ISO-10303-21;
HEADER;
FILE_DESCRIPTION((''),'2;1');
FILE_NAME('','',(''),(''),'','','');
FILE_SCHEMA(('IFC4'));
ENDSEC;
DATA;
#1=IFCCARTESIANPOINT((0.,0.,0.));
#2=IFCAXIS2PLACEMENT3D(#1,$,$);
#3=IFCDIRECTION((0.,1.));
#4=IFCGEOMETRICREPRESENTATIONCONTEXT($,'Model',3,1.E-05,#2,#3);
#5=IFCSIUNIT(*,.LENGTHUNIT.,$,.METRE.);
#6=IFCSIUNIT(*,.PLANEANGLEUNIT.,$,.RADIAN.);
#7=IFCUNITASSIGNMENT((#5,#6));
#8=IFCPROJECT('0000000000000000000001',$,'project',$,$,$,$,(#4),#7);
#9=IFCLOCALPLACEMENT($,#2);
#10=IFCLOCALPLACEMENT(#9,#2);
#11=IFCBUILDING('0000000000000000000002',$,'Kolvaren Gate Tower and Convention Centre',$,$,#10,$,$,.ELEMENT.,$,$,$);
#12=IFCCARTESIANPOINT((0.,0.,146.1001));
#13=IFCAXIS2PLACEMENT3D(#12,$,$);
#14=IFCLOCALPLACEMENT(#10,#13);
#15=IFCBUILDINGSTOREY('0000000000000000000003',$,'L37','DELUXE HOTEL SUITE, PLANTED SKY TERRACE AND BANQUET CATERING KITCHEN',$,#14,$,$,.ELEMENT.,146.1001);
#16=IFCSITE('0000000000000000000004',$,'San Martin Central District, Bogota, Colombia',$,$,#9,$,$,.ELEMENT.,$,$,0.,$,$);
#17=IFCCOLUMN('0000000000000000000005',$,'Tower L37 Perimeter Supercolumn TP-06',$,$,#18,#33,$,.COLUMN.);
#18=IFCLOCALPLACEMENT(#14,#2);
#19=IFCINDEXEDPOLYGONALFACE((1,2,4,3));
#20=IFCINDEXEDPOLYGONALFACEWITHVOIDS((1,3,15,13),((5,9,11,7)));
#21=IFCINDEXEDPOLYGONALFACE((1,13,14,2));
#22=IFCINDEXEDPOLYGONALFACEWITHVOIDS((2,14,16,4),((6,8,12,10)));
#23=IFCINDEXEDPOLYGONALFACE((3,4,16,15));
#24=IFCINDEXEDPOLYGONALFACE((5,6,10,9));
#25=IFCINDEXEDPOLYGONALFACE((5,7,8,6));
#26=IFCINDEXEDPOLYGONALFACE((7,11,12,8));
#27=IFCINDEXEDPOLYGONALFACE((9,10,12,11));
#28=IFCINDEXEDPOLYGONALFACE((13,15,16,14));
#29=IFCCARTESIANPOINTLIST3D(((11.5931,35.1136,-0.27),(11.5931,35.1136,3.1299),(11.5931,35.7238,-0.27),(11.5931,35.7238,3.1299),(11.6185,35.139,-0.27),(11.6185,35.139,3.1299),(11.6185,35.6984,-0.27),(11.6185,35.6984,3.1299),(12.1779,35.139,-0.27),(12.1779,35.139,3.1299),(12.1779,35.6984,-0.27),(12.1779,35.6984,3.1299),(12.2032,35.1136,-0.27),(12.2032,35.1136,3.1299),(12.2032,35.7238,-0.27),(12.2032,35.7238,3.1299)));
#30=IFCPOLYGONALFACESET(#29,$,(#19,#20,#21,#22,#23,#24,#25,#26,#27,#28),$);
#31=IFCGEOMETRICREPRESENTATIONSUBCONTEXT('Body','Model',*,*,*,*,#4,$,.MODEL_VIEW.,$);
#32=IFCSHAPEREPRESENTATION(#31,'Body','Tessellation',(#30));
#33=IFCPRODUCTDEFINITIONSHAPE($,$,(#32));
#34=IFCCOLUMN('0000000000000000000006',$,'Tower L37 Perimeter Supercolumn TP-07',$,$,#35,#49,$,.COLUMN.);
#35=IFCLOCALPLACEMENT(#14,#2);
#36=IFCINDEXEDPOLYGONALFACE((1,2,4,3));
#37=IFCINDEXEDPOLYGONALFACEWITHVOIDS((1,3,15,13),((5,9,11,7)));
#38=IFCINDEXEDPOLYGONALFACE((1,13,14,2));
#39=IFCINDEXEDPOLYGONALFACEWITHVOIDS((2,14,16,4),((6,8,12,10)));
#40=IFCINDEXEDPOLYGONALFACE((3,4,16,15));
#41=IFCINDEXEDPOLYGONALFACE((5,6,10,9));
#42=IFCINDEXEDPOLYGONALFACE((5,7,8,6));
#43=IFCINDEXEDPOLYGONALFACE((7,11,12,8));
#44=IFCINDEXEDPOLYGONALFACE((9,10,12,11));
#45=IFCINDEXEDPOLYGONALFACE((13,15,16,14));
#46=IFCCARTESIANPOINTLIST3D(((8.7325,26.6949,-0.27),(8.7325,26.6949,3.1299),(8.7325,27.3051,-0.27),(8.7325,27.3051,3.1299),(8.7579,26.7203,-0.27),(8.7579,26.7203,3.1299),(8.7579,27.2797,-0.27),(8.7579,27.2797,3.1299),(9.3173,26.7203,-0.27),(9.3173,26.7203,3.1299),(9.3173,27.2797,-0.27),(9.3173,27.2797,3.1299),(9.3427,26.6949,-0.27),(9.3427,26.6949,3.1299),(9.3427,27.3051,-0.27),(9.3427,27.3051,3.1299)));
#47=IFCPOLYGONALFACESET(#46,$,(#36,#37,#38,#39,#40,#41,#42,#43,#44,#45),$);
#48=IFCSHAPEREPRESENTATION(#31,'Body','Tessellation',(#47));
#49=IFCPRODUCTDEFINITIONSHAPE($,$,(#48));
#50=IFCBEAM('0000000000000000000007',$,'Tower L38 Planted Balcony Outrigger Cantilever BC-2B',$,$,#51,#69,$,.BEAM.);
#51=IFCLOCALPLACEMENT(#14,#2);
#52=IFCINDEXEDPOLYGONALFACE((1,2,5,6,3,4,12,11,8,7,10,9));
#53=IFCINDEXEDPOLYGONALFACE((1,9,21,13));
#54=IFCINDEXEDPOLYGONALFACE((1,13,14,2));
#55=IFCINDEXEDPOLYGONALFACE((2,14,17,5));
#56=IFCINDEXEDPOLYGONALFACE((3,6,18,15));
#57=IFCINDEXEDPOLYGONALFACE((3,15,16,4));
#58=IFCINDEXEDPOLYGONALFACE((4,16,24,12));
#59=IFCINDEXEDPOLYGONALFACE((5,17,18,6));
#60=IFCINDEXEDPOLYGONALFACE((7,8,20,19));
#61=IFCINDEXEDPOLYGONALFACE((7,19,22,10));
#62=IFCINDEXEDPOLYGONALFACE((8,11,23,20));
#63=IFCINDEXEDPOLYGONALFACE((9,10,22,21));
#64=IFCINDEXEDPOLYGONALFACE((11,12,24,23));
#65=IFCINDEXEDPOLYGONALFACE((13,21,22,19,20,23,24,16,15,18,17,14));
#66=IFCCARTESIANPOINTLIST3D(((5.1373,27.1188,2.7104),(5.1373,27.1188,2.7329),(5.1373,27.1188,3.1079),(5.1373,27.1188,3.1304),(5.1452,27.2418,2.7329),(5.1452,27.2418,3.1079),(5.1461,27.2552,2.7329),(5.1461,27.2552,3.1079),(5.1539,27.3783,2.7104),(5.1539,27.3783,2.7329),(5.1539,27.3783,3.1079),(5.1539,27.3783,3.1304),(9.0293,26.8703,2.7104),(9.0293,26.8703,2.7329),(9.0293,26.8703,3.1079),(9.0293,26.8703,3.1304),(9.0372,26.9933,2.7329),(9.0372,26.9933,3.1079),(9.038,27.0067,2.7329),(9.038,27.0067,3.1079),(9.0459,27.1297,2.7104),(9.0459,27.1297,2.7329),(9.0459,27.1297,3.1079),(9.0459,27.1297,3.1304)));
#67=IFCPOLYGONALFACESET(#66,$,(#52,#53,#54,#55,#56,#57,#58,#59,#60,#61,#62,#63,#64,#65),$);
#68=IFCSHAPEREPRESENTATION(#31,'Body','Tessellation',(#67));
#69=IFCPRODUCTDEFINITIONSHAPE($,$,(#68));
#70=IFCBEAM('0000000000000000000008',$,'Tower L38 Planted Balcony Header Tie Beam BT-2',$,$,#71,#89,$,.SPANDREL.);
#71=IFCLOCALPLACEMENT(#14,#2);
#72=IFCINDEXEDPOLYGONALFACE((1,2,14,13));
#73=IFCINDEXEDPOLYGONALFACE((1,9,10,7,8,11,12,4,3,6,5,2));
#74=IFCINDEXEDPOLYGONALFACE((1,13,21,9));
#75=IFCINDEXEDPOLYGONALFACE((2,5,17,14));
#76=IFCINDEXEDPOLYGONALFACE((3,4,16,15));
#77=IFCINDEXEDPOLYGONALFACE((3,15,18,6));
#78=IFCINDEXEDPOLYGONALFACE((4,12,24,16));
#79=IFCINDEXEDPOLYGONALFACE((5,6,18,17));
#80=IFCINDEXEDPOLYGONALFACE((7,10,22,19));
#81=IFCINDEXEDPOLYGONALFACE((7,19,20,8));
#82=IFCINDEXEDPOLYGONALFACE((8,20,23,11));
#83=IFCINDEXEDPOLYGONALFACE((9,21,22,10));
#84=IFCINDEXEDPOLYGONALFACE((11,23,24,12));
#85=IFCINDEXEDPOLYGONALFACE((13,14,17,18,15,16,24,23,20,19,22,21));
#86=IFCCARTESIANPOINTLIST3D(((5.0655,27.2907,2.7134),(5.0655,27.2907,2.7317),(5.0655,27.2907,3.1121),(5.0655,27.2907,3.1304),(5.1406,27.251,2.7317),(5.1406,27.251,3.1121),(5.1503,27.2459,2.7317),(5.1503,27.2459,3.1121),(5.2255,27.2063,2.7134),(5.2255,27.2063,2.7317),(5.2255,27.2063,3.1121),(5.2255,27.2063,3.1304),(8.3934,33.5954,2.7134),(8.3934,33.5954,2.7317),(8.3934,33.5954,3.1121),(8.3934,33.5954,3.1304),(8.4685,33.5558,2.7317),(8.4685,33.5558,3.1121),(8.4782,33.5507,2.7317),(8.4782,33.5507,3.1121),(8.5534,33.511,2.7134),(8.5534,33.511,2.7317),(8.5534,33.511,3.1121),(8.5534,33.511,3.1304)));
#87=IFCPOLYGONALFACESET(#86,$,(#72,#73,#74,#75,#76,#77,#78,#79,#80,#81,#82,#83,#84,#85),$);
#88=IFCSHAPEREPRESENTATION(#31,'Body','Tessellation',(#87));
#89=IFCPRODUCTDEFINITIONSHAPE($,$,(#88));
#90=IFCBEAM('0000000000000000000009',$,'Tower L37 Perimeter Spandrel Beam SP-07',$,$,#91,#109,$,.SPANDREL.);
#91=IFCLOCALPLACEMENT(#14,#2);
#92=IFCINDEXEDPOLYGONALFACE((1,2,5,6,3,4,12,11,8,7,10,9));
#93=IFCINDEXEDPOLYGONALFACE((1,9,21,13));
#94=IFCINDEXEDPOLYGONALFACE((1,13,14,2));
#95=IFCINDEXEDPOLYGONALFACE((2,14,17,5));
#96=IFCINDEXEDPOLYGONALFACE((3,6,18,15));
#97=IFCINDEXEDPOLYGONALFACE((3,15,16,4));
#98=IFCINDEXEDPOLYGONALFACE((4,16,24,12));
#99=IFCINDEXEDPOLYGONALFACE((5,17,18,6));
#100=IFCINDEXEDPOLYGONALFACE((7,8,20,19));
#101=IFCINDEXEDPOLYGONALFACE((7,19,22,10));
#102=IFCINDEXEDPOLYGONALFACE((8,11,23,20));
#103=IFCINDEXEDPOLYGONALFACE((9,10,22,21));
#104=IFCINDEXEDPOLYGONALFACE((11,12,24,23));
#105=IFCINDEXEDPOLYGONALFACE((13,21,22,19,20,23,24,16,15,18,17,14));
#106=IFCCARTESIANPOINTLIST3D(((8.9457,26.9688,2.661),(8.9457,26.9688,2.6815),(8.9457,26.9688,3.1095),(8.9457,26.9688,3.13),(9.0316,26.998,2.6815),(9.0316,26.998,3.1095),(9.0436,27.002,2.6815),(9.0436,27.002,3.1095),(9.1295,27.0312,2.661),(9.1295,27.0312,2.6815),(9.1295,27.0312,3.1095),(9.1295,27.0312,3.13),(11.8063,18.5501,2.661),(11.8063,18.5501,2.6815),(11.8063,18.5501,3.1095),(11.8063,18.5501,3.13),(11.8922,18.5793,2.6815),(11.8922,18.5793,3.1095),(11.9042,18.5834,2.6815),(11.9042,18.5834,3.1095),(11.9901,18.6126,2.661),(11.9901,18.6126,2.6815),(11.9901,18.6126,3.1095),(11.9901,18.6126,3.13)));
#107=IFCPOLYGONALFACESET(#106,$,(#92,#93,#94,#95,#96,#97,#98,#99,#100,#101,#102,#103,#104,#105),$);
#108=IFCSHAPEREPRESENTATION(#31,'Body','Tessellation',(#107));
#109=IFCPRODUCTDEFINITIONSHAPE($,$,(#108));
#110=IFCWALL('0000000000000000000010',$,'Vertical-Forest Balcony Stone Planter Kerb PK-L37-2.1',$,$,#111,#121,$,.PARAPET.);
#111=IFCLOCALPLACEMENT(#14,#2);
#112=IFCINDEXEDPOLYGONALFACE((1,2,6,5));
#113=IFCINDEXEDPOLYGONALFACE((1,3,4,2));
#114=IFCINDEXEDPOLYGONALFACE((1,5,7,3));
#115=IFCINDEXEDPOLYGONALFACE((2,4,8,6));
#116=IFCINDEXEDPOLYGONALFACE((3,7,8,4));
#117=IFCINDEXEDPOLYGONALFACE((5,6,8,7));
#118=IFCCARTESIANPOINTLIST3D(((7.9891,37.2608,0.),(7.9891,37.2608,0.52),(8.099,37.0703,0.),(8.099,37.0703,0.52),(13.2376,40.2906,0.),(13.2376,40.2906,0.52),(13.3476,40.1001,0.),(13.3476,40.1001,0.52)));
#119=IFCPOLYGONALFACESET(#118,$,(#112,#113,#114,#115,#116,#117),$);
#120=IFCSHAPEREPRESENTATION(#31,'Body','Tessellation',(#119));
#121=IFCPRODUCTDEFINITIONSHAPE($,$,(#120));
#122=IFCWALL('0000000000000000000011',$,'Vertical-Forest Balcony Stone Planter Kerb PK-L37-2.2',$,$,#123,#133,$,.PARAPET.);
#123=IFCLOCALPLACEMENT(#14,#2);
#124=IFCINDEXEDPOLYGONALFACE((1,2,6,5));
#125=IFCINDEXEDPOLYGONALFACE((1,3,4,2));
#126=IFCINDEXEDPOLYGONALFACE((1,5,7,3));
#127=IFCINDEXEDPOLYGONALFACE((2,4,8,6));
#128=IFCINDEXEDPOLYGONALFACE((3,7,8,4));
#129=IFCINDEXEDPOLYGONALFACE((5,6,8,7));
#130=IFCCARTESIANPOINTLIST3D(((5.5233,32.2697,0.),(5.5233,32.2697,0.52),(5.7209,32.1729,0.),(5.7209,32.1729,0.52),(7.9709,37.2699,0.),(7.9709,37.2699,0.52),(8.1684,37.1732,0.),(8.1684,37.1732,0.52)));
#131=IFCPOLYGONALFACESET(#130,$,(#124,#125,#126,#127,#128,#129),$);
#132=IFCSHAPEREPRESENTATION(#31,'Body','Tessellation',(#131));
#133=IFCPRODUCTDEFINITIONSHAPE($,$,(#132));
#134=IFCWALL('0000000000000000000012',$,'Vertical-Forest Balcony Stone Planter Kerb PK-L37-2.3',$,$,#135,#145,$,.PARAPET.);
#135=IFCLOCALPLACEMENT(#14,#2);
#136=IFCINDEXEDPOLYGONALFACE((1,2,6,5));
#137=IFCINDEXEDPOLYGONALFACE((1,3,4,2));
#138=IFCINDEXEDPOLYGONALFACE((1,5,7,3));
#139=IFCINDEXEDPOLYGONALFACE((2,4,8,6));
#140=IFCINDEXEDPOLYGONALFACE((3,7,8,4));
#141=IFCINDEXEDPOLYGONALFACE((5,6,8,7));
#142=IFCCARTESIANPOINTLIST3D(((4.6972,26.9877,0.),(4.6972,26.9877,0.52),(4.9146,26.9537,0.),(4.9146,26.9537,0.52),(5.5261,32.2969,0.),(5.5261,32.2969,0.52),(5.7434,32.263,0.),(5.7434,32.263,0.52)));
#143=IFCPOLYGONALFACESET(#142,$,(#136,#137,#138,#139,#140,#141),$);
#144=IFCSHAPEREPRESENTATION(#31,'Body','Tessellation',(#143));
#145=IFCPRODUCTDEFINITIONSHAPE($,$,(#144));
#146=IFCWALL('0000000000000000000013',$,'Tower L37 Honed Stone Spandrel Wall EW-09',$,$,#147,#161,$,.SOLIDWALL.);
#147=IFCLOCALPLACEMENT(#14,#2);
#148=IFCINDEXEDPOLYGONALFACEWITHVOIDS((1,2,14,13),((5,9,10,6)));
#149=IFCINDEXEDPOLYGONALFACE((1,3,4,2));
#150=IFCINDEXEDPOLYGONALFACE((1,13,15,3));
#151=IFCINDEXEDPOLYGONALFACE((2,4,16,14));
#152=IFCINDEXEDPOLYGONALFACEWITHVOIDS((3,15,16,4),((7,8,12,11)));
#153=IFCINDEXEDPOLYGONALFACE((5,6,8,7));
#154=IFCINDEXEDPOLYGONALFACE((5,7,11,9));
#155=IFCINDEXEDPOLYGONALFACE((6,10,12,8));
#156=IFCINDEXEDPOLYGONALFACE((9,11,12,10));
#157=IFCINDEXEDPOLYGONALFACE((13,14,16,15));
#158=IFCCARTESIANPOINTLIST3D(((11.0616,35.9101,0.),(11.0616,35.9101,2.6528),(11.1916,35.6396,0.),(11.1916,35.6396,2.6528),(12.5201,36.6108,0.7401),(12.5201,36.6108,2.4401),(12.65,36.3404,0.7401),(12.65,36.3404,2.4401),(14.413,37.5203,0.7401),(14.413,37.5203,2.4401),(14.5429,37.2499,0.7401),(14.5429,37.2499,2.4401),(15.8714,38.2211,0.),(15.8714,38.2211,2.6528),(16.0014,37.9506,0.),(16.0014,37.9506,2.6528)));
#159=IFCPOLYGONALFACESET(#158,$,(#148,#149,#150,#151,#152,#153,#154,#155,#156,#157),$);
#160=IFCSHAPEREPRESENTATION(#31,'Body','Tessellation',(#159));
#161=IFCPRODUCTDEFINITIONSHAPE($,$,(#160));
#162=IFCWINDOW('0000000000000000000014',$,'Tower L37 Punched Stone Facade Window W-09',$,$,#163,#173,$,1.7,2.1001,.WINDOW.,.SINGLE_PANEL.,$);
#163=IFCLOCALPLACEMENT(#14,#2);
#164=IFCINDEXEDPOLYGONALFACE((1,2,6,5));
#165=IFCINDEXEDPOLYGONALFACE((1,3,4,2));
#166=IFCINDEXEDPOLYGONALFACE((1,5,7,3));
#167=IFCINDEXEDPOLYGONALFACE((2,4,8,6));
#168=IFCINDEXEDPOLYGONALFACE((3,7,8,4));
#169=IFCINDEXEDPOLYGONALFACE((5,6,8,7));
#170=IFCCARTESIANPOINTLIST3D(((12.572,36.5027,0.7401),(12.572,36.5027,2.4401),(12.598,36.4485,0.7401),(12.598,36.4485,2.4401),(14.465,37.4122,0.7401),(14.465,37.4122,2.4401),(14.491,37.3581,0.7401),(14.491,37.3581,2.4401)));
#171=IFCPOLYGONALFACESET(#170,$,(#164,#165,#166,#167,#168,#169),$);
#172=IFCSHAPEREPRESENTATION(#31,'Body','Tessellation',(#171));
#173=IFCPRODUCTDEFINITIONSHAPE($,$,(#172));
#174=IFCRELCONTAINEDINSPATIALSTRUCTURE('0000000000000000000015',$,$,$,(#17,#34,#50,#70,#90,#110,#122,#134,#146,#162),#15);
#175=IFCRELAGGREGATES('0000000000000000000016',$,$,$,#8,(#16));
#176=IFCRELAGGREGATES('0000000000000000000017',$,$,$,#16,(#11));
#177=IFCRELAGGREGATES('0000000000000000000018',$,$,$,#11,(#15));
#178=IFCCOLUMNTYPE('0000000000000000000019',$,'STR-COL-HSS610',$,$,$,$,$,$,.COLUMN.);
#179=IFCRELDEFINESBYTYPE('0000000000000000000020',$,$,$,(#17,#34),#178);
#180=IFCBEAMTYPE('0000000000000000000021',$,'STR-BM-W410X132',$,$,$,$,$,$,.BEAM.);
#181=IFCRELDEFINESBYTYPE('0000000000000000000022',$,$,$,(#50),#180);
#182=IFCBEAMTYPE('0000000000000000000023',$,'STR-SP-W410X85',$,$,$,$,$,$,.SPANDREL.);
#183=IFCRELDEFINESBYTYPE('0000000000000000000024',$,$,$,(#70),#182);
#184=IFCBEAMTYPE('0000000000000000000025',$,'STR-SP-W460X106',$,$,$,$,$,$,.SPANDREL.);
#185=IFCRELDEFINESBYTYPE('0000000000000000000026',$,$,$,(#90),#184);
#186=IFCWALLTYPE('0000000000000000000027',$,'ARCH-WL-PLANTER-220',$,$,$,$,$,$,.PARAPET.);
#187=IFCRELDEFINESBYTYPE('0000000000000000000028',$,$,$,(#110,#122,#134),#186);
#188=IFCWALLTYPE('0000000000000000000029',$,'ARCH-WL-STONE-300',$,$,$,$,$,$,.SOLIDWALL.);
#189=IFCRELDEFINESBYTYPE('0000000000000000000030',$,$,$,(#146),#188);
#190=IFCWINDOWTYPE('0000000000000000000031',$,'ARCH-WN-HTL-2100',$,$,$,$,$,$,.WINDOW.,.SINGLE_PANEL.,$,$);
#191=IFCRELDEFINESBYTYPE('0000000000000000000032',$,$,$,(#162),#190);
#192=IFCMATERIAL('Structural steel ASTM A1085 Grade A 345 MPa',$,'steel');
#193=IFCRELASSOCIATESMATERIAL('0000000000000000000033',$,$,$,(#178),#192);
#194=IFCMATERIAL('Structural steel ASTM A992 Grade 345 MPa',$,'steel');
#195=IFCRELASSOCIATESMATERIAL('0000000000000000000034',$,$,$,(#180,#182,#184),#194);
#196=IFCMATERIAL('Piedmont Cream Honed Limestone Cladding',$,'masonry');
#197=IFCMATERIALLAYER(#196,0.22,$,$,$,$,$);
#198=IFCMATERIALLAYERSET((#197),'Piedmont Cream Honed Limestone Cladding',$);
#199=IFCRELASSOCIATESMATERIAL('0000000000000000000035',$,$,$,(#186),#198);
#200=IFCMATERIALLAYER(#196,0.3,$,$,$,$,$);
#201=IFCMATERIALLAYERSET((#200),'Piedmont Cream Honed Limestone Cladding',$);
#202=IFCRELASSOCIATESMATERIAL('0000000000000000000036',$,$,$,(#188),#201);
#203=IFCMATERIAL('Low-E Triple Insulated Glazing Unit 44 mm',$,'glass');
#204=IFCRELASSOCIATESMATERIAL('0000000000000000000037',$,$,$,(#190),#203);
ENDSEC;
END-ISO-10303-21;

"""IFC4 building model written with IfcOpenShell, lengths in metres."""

from ifc_helpers import new_model, si_unit, direction, frame, frame_2d, origin, origin_2d, place, context, subcontext, project, spatial, rectangle, hollow_rectangle, i_section, extrude, material, layer, layer_set, material_profile, profile_set, type_object, element, fill, save


model = new_model("IFC4")

# Units and contexts
model_context = context("Model", 3, precision=1e-05, world=origin(), true_north=direction((0.0, 1.0)))
body_context = subcontext(model_context, "Body", "Model", "MODEL_VIEW")
ifc_project = project(units=[si_unit("LENGTHUNIT", "METRE"), si_unit("PLANEANGLEUNIT", "RADIAN")], contexts=[model_context])

# Site, building, storey
site_placement = place(None, origin())
site = spatial("IfcSite", under=ifc_project, at=site_placement, Name="San Martin Central District, Bogota, Colombia", CompositionType="ELEMENT", RefElevation=0.0)
building_placement = place(site_placement, origin())
building = spatial("IfcBuilding", under=site, at=building_placement, Name="Kolvaren Gate Tower and Convention Centre", CompositionType="ELEMENT")
storey_placement = place(building_placement, frame((0.0, 0.0, 146.1001)))
storey = spatial("IfcBuildingStorey", under=building, at=storey_placement, Name="L37", Description="DELUXE HOTEL SUITE, PLANTED SKY TERRACE AND BANQUET CATERING KITCHEN", CompositionType="ELEMENT", Elevation=146.1001)

# Columns
ifc_material_1 = material(Name="Structural steel ASTM A1085 Grade A 345 MPa", Category="steel")
ifc_material_profile_1 = material_profile(ifc_material_1, hollow_rectangle(XDim=0.6101, YDim=0.6101, WallThickness=0.0254, at=origin_2d()), Name="HSS610X610X25.4")
ifc_profile_set_1 = profile_set([ifc_material_profile_1], Name="Structural steel ASTM A1085 Grade A 345 MPa")
column_type = type_object("IfcColumnType", Name="STR-COL-HSS610", PredefinedType="COLUMN", material=ifc_profile_set_1)
for number, where, z_axis, x_axis, name in (
    (1, (11.8982, 35.4187, -0.27), (0.0, 0.0, 1.0), (1.0, 0.0, 0.0), "Tower L37 Perimeter Supercolumn TP-06"),
    (2, (9.0376, 27.0, -0.27), (0.0, 0.0, 1.0), (1.0, 0.0, 0.0), "Tower L37 Perimeter Supercolumn TP-07"),
):
    element("IfcColumn", number, at=place(storey_placement, frame(where, z_axis=z_axis, x_axis=x_axis)), inside=storey, type_object=column_type, Name=name, PredefinedType="COLUMN", context=body_context, shape_type="SweptSolid", body=[
        extrude(hollow_rectangle(XDim=0.6101, YDim=0.6101, WallThickness=0.0254, at=origin_2d()), origin(), (0.0, 0.0, 1.0), 3.3999),
    ])

# Beams
ifc_material_2 = material(Name="Structural steel ASTM A992 Grade 345 MPa", Category="steel")
ifc_material_profile_2 = material_profile(ifc_material_2, i_section(OverallWidth=0.26, OverallDepth=0.4199, WebThickness=0.0134, FlangeThickness=0.0225, at=origin_2d()), Name="W410X132")
ifc_profile_set_2 = profile_set([ifc_material_profile_2], Name="Structural steel ASTM A992 Grade 345 MPa")
beam_type_1 = type_object("IfcBeamType", Name="STR-BM-W410X132", PredefinedType="BEAM", material=ifc_profile_set_2)
beam_1_placement = place(storey_placement, frame((9.0376, 27.0, 2.9204), z_axis=(-0.997967, 0.063727, 0.0), x_axis=(-0.063727, -0.997967, 0.0)))
element("IfcBeam", 3, at=beam_1_placement, inside=storey, type_object=beam_type_1, Name="Tower L38 Planted Balcony Outrigger Cantilever BC-2B", PredefinedType="BEAM", context=body_context, shape_type="SweptSolid", body=[
    extrude(i_section(OverallWidth=0.26, OverallDepth=0.4199, WebThickness=0.0134, FlangeThickness=0.0225, at=origin_2d()), origin(), (0.0, 0.0, 1.0), 3.8999),
])
ifc_material_profile_3 = material_profile(ifc_material_2, i_section(OverallWidth=0.1809, OverallDepth=0.417, WebThickness=0.011, FlangeThickness=0.0183, at=origin_2d()), Name="W410X85")
ifc_profile_set_3 = profile_set([ifc_material_profile_3], Name="Structural steel ASTM A992 Grade 345 MPa")
beam_type_2 = type_object("IfcBeamType", Name="STR-SP-W410X85", PredefinedType="SPANDREL", material=ifc_profile_set_3)
beam_2_placement = place(storey_placement, frame((8.4734, 33.5532, 2.9219), z_axis=(-0.466803, -0.884361, 0.0), x_axis=(0.884361, -0.466803, 0.0)))
element("IfcBeam", 4, at=beam_2_placement, inside=storey, type_object=beam_type_2, Name="Tower L38 Planted Balcony Header Tie Beam BT-2", PredefinedType="SPANDREL", context=body_context, shape_type="SweptSolid", body=[
    extrude(i_section(OverallWidth=0.1809, OverallDepth=0.417, WebThickness=0.011, FlangeThickness=0.0183, at=origin_2d()), origin(), (0.0, 0.0, 1.0), 7.1292),
])
ifc_material_profile_4 = material_profile(ifc_material_2, i_section(OverallWidth=0.1941, OverallDepth=0.469, WebThickness=0.0127, FlangeThickness=0.0205, at=origin_2d()), Name="W460X106")
ifc_profile_set_4 = profile_set([ifc_material_profile_4], Name="Structural steel ASTM A992 Grade 345 MPa")
beam_type_3 = type_object("IfcBeamType", Name="STR-SP-W460X106", PredefinedType="SPANDREL", material=ifc_profile_set_4)
beam_3_placement = place(storey_placement, frame((9.0376, 27.0, 2.8955), z_axis=(0.321725, -0.946833, 0.0), x_axis=(0.946833, 0.321725, 0.0)))
element("IfcBeam", 5, at=beam_3_placement, inside=storey, type_object=beam_type_3, Name="Tower L37 Perimeter Spandrel Beam SP-07", PredefinedType="SPANDREL", context=body_context, shape_type="SweptSolid", body=[
    extrude(i_section(OverallWidth=0.1941, OverallDepth=0.469, WebThickness=0.0127, FlangeThickness=0.0205, at=origin_2d()), origin(), (0.0, 0.0, 1.0), 8.8914),
])

# Walls
ifc_material_3 = material(Name="Piedmont Cream Honed Limestone Cladding", Category="masonry")
ifc_layer_1 = layer(ifc_material_3, 0.22)
ifc_layer_set_1 = layer_set([ifc_layer_1], Name="Piedmont Cream Honed Limestone Cladding")
wall_type_1 = type_object("IfcWallType", Name="ARCH-WL-PLANTER-220", PredefinedType="PARAPET", material=ifc_layer_set_1)
wall_1_placement = place(storey_placement, frame((8.0439, 37.1655, 0.0), z_axis=(0.0, 0.0, 1.0), x_axis=(0.866058, 0.499943, 0.0)))
element("IfcWall", 6, at=wall_1_placement, inside=storey, type_object=wall_type_1, Name="Vertical-Forest Balcony Stone Planter Kerb PK-L37-2.1", PredefinedType="PARAPET", context=body_context, shape_type="SweptSolid", body=[
    extrude(rectangle(XDim=6.0603, YDim=0.22, at=frame_2d((3.0303, 0.0))), origin(), (0.0, 0.0, 1.0), 0.52),
])
wall_2_placement = place(storey_placement, frame((5.6221, 32.2212, 0.0), z_axis=(0.0, 0.0, 1.0), x_axis=(0.439637, 0.898175, 0.0)))
element("IfcWall", 7, at=wall_2_placement, inside=storey, type_object=wall_type_1, Name="Vertical-Forest Balcony Stone Planter Kerb PK-L37-2.2", PredefinedType="PARAPET", context=body_context, shape_type="SweptSolid", body=[
    extrude(rectangle(XDim=5.5671, YDim=0.22, at=frame_2d((2.7837, 0.0))), origin(), (0.0, 0.0, 1.0), 0.52),
])
wall_3_placement = place(storey_placement, frame((4.8059, 26.9707, 0.0), z_axis=(0.0, 0.0, 1.0), x_axis=(0.154245, 0.988033, 0.0)))
element("IfcWall", 8, at=wall_3_placement, inside=storey, type_object=wall_type_1, Name="Vertical-Forest Balcony Stone Planter Kerb PK-L37-2.3", PredefinedType="PARAPET", context=body_context, shape_type="SweptSolid", body=[
    extrude(rectangle(XDim=5.3735, YDim=0.22, at=frame_2d((2.6868, 0.0))), origin(), (0.0, 0.0, 1.0), 0.52),
])

# Wall, opening, window
ifc_layer_2 = layer(ifc_material_3, 0.3)
ifc_layer_set_2 = layer_set([ifc_layer_2], Name="Piedmont Cream Honed Limestone Cladding")
wall_type_2 = type_object("IfcWallType", Name="ARCH-WL-STONE-300", PredefinedType="SOLIDWALL", material=ifc_layer_set_2)
wall_4_placement = place(storey_placement, frame((11.1267, 35.7749, 0.0), z_axis=(0.0, 0.0, 1.0), x_axis=(0.901353, 0.433085, 0.0)))
wall_4 = element("IfcWall", 9, at=wall_4_placement, inside=storey, type_object=wall_type_2, Name="Tower L37 Honed Stone Spandrel Wall EW-09", PredefinedType="SOLIDWALL", context=body_context, shape_type="SweptSolid", body=[
    extrude(rectangle(XDim=5.3362, YDim=0.3, at=frame_2d((2.668, 0.0))), origin(), (0.0, 0.0, 1.0), 2.6528),
])
opening_1_placement = place(wall_4_placement, frame((1.6179, 0.0, 0.74)))
opening_1 = element("IfcOpeningElement", 10, at=opening_1_placement, cuts=wall_4, PredefinedType="OPENING", context=body_context, shape_type="SweptSolid", body=[
    extrude(rectangle(XDim=2.1001, YDim=1.7, at=frame_2d((1.05, 0.8501))), frame((0.0, 0.1599, 0.0), z_axis=(0.0, -1.0, 0.0), x_axis=(1.0, 0.0, 0.0)), (0.0, 0.0, 1.0), 0.3201),
])
ifc_material_4 = material(Name="Low-E Triple Insulated Glazing Unit 44 mm", Category="glass")
window_type_1 = type_object("IfcWindowType", Name="ARCH-WN-HTL-2100", PartitioningType="SINGLE_PANEL", PredefinedType="WINDOW", material=ifc_material_4)
window_1_placement = place(opening_1_placement, origin())
window_1 = element("IfcWindow", 11, at=window_1_placement, inside=storey, type_object=window_type_1, Name="Tower L37 Punched Stone Facade Window W-09", OverallHeight=1.7, OverallWidth=2.1001, PartitioningType="SINGLE_PANEL", PredefinedType="WINDOW", context=body_context, shape_type="SweptSolid", body=[
    extrude(rectangle(XDim=2.1001, YDim=1.7, at=frame_2d((1.05, 0.8501))), frame((0.0, 0.03, 0.0), z_axis=(0.0, -1.0, 0.0), x_axis=(1.0, 0.0, 0.0)), (0.0, 0.0, 1.0), 0.0601),
])
fill(opening_1, window_1)

save(model, "model.ifc")
